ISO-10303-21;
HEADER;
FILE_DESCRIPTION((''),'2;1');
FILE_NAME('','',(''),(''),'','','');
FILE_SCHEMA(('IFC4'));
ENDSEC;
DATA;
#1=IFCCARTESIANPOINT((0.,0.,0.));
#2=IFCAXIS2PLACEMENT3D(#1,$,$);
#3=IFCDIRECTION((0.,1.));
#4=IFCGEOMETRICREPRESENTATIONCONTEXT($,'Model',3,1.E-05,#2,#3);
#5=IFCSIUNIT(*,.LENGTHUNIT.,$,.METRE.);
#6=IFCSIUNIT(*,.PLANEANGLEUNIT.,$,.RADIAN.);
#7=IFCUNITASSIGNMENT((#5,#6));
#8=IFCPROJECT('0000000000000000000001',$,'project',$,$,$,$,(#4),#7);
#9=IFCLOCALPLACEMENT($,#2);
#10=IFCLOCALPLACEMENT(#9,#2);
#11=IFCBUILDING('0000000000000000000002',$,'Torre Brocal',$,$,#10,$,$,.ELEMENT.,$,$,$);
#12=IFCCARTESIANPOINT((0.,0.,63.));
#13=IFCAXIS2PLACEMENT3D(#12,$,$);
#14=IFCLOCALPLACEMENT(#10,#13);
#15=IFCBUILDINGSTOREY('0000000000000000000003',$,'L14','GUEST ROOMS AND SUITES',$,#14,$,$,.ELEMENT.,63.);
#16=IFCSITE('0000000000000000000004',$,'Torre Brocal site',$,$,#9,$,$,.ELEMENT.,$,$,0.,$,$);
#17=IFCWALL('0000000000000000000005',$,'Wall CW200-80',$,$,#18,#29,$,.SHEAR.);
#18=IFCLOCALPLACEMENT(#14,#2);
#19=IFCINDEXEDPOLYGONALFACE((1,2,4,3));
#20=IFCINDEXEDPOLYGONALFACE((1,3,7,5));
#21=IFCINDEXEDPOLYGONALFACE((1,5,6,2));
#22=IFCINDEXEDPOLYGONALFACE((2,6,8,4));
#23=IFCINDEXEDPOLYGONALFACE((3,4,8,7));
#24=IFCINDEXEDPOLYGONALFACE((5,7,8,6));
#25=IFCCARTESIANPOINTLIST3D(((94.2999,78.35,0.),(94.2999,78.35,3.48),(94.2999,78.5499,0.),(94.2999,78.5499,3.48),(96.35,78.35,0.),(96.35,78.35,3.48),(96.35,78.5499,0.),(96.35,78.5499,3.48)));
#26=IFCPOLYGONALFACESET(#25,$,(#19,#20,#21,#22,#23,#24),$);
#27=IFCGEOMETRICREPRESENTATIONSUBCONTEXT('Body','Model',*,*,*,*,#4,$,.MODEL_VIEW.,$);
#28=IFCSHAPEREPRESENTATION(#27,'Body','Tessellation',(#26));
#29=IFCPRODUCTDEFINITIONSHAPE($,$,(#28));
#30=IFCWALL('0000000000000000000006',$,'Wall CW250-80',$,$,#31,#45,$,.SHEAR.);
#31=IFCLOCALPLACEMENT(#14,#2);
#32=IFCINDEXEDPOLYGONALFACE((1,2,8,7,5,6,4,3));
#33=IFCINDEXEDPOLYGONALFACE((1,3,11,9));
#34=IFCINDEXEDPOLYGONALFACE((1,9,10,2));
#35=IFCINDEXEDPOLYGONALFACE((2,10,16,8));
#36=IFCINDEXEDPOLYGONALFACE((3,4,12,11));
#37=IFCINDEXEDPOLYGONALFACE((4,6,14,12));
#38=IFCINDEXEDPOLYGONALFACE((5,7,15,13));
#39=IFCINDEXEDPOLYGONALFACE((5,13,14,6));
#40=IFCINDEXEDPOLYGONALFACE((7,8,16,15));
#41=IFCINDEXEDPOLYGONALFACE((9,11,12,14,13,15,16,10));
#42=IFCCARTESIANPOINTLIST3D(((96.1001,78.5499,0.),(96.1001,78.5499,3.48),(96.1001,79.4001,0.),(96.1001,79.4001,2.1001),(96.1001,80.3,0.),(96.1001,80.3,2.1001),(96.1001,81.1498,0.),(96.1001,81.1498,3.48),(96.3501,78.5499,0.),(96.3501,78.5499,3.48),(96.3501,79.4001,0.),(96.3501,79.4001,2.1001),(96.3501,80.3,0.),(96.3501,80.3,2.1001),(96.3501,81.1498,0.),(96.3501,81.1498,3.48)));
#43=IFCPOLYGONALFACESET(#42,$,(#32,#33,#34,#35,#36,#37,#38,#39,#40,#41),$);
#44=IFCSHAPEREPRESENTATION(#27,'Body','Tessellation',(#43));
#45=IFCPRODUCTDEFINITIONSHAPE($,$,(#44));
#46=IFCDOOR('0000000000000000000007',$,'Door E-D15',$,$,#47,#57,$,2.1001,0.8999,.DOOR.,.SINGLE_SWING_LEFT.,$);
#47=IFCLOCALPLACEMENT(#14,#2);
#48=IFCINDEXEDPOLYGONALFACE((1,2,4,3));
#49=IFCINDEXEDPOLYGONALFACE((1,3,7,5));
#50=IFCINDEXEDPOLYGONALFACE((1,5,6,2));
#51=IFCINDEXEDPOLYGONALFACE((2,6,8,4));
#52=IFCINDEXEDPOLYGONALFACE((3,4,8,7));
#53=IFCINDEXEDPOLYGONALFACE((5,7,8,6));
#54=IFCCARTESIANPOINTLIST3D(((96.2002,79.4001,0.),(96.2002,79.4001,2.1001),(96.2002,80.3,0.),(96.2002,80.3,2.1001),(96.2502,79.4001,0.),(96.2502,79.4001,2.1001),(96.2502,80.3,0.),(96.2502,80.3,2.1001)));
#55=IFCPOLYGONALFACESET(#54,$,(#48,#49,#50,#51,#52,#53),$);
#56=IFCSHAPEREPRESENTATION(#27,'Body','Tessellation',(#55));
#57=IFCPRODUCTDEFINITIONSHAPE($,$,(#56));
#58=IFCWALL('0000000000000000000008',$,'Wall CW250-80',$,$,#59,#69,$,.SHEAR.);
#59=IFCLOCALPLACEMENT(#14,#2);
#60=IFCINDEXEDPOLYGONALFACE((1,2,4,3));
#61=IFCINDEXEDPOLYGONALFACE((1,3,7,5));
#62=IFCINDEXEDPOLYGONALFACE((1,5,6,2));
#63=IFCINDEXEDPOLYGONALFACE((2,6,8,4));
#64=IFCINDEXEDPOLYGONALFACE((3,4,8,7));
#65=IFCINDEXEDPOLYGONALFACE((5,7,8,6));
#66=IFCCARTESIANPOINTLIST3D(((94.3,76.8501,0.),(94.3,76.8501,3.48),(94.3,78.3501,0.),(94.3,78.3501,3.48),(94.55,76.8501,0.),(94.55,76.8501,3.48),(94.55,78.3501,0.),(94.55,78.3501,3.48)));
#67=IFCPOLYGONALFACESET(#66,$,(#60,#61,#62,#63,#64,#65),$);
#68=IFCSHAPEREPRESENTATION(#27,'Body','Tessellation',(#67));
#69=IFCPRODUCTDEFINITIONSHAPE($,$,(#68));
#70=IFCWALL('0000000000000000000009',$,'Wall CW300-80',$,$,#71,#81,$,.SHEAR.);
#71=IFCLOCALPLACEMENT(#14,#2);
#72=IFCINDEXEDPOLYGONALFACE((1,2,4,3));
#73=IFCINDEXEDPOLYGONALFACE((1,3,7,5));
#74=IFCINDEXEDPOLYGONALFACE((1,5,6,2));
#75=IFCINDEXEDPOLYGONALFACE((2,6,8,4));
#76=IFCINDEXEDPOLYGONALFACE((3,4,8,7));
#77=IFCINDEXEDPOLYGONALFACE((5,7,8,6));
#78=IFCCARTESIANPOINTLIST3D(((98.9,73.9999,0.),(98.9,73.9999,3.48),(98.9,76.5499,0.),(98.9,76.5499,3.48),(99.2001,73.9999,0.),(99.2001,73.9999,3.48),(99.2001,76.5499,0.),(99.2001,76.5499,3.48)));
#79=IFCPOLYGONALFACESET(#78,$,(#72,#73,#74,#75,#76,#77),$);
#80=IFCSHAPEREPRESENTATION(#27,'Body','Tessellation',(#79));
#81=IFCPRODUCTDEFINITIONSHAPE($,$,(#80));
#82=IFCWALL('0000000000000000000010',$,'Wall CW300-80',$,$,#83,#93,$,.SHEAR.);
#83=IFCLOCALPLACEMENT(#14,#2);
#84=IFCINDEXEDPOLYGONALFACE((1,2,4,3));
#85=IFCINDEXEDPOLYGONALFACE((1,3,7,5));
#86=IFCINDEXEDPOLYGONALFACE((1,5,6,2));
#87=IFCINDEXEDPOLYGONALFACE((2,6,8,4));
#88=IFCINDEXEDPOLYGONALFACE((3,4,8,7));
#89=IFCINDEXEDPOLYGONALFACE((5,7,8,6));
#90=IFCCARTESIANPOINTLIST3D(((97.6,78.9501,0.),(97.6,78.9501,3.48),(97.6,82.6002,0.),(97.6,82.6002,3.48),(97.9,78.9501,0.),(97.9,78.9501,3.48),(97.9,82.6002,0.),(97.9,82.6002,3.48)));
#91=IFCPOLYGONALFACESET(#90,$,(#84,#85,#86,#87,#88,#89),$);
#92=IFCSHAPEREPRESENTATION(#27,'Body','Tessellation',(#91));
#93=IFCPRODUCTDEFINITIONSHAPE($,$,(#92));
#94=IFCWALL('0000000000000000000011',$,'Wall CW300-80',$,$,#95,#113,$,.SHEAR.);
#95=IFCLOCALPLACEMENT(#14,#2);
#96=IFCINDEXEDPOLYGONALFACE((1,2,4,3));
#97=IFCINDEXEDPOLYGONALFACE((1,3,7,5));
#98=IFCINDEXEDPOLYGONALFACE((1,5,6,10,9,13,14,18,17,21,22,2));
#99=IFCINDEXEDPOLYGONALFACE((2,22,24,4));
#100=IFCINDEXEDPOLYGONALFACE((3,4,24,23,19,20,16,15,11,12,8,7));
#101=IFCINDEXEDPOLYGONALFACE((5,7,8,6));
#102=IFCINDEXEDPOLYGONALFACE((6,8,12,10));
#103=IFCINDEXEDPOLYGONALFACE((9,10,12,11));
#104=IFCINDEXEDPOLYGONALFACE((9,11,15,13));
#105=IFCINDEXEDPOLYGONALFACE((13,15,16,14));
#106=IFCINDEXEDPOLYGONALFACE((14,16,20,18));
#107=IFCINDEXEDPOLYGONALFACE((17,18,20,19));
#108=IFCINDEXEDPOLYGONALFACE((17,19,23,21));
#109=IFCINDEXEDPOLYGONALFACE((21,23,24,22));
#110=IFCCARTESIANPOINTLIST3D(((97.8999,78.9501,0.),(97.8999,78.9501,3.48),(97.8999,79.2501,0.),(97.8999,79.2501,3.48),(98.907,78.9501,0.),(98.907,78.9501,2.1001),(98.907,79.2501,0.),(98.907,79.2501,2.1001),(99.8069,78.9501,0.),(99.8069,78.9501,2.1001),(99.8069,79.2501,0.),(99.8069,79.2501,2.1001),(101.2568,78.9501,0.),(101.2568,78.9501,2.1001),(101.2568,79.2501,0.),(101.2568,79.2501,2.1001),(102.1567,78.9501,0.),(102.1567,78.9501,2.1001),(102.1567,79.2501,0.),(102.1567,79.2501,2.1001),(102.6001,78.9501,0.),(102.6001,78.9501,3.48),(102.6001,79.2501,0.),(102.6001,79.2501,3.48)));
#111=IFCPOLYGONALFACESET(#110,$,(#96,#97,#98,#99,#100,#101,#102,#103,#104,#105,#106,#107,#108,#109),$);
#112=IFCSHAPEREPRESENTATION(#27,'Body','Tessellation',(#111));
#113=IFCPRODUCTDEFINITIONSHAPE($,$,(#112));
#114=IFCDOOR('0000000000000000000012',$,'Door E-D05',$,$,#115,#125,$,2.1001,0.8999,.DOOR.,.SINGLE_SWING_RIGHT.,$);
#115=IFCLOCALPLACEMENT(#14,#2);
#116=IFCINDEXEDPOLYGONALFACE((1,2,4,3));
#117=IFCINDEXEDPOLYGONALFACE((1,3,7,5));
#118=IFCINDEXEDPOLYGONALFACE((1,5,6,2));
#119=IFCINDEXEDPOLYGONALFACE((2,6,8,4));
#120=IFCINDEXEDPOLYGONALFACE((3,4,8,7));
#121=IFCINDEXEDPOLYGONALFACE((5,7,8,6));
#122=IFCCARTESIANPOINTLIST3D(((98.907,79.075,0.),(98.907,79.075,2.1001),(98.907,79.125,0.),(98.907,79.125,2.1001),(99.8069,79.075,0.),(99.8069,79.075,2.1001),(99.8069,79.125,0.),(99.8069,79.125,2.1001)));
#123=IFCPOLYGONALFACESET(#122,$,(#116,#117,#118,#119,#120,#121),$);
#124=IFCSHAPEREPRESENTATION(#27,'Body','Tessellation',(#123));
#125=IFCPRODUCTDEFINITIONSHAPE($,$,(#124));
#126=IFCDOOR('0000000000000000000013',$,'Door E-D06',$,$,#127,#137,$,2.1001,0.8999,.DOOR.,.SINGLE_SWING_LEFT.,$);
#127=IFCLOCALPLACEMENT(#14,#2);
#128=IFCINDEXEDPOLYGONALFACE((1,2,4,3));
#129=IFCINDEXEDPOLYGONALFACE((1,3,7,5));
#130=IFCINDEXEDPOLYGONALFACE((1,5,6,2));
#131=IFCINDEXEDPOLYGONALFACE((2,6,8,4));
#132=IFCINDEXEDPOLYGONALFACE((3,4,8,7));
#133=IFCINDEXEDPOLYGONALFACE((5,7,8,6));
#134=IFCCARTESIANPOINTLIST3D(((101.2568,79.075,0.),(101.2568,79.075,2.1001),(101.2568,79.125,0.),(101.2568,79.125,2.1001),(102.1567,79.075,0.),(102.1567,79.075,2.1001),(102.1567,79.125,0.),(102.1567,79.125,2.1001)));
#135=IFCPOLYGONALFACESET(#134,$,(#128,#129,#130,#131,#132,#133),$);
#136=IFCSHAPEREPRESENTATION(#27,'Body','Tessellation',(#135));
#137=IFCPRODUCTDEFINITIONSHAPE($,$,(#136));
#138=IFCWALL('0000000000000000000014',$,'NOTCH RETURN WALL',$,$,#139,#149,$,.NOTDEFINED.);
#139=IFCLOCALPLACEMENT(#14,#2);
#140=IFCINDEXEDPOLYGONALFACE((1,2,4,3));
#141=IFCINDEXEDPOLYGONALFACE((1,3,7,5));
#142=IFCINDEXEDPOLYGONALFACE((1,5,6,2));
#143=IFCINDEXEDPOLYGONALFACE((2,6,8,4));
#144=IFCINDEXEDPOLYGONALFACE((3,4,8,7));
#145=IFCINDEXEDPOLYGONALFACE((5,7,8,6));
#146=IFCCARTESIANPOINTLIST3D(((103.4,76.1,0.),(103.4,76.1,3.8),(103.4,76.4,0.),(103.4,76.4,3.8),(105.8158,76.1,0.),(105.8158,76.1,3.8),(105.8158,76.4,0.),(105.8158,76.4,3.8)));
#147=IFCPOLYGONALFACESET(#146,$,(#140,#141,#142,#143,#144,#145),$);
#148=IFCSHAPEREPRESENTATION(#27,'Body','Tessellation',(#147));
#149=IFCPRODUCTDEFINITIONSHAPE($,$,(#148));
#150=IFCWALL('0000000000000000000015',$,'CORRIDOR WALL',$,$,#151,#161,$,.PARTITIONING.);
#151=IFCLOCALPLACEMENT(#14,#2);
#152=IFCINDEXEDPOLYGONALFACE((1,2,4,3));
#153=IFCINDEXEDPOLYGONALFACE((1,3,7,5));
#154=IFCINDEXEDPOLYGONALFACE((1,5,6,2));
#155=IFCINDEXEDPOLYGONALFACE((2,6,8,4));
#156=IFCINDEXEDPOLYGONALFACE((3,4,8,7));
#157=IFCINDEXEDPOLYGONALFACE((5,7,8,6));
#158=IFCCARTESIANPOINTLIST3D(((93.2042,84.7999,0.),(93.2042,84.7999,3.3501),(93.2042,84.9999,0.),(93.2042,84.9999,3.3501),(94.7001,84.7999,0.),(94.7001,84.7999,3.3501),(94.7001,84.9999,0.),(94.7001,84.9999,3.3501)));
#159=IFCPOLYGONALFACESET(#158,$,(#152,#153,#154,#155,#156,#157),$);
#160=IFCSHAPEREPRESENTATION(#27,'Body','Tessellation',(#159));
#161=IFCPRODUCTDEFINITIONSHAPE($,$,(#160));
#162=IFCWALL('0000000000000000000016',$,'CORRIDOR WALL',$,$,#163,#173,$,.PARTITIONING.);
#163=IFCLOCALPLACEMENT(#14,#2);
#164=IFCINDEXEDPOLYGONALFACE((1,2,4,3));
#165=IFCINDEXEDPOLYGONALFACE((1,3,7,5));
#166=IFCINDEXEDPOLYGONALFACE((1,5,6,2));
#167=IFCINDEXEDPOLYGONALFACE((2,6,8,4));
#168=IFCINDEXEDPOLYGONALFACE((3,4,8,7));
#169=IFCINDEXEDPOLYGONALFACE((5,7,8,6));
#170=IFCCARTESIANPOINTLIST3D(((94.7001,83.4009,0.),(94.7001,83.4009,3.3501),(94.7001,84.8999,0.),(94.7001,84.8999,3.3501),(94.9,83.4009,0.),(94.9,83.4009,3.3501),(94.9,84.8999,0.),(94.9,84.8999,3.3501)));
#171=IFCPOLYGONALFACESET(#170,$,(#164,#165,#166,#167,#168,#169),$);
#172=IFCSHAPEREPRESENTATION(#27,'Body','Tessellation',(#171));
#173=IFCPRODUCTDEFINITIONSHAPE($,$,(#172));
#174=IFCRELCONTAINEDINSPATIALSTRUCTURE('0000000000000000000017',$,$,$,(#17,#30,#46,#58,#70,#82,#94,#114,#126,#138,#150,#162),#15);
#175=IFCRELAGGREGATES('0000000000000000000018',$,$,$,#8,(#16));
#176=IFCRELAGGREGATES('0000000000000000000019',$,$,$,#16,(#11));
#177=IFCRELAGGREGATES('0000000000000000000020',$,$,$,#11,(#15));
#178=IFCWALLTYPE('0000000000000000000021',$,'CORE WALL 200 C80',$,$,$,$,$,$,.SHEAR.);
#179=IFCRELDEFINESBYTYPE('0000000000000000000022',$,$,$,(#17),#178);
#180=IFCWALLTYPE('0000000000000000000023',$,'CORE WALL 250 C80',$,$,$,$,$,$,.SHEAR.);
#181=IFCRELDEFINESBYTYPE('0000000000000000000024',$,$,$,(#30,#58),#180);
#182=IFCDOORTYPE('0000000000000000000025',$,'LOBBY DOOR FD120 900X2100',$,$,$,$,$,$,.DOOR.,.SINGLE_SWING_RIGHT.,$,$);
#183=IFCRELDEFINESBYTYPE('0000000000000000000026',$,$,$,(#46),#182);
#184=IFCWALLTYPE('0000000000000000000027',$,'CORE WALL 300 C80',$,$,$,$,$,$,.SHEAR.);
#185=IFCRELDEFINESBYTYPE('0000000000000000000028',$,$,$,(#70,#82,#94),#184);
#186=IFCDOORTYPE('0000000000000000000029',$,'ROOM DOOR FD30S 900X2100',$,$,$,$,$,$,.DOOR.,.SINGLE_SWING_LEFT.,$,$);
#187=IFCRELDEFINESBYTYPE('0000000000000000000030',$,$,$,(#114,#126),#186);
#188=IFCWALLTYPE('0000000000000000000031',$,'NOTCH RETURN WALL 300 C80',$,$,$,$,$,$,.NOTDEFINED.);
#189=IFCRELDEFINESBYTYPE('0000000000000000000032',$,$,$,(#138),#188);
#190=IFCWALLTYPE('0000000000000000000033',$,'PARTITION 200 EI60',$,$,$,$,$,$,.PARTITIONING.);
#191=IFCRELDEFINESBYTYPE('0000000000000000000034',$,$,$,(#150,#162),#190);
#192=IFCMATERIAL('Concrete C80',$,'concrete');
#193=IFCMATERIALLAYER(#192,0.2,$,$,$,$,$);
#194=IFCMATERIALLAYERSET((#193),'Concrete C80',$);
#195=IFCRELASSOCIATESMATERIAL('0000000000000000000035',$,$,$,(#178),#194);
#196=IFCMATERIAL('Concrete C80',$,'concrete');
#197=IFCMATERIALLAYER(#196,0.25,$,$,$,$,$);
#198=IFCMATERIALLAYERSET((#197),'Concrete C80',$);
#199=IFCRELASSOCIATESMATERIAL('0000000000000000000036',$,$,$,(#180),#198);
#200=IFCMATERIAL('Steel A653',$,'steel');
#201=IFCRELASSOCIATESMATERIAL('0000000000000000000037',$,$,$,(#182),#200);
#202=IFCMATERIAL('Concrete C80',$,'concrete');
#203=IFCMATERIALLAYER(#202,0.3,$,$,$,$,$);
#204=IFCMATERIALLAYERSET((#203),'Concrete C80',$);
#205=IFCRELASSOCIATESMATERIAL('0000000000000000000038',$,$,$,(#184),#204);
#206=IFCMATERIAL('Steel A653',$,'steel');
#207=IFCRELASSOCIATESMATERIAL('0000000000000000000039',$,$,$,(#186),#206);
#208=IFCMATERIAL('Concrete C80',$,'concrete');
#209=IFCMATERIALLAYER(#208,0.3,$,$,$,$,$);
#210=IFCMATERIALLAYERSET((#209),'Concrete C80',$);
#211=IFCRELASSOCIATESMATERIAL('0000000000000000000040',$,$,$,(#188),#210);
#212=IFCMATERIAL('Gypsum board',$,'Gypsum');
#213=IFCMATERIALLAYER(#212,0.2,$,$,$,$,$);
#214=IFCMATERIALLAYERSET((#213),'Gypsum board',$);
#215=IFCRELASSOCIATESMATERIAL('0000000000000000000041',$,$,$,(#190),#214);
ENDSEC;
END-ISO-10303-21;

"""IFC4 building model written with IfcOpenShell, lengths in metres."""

from ifc_helpers import new_model, si_unit, direction, frame, frame_2d, origin, place, context, subcontext, project, spatial, rectangle, extrude, material, layer, layer_set, type_object, element, fill, save


model = new_model("IFC4")

# Units and contexts
model_context = context("Model", 3, precision=1e-05, world=origin(), true_north=direction((0.0, 1.0)))
body_context = subcontext(model_context, "Body", "Model", "MODEL_VIEW")
ifc_project = project(units=[si_unit("LENGTHUNIT", "METRE"), si_unit("PLANEANGLEUNIT", "RADIAN")], contexts=[model_context])

# Site, building, storey
site_placement = place(None, origin())
site = spatial("IfcSite", under=ifc_project, at=site_placement, Name="Torre Brocal site", CompositionType="ELEMENT", RefElevation=0.0)
building_placement = place(site_placement, origin())
building = spatial("IfcBuilding", under=site, at=building_placement, Name="Torre Brocal", CompositionType="ELEMENT")
storey_placement = place(building_placement, frame((0.0, 0.0, 63.0)))
storey = spatial("IfcBuildingStorey", under=building, at=storey_placement, Name="L14", Description="GUEST ROOMS AND SUITES", CompositionType="ELEMENT", Elevation=63.0)

# Wall
ifc_material_1 = material(Name="Concrete C80", Category="concrete")
ifc_layer_1 = layer(ifc_material_1, 0.2)
ifc_layer_set_1 = layer_set([ifc_layer_1], Name="Concrete C80")
wall_type_1 = type_object("IfcWallType", Name="CORE WALL 200 C80", PredefinedType="SHEAR", material=ifc_layer_set_1)
wall_1_placement = place(storey_placement, frame((94.3, 78.45, 0.0), z_axis=(0.0, 0.0, 1.0), x_axis=(1.0, 0.0, 0.0)))
element("IfcWall", 1, at=wall_1_placement, inside=storey, type_object=wall_type_1, Name="Wall CW200-80", PredefinedType="SHEAR", context=body_context, shape_type="SweptSolid", body=[
    extrude(rectangle(XDim=2.05, YDim=0.2, at=frame_2d((1.0249, 0.0))), origin(), (0.0, 0.0, 1.0), 3.48),
])

# Wall, opening, door
ifc_material_2 = material(Name="Concrete C80", Category="concrete")
ifc_layer_2 = layer(ifc_material_2, 0.25)
ifc_layer_set_2 = layer_set([ifc_layer_2], Name="Concrete C80")
wall_type_2 = type_object("IfcWallType", Name="CORE WALL 250 C80", PredefinedType="SHEAR", material=ifc_layer_set_2)
wall_2_placement = place(storey_placement, frame((96.2251, 78.55, 0.0), z_axis=(0.0, 0.0, 1.0), x_axis=(0.0, 1.0, 0.0)))
wall_2 = element("IfcWall", 2, at=wall_2_placement, inside=storey, type_object=wall_type_2, Name="Wall CW250-80", PredefinedType="SHEAR", context=body_context, shape_type="SweptSolid", body=[
    extrude(rectangle(XDim=2.5999, YDim=0.25, at=frame_2d((1.2998, 0.0))), origin(), (0.0, 0.0, 1.0), 3.48),
])
opening_1_placement = place(wall_2_placement, frame((0.8501, 0.0, 0.0)))
opening_1 = element("IfcOpeningElement", 3, at=opening_1_placement, cuts=wall_2, PredefinedType="OPENING", context=body_context, shape_type="SweptSolid", body=[
    extrude(rectangle(XDim=0.8999, YDim=2.1001, at=frame_2d((0.45, 1.05))), frame((0.0, 0.135, 0.0), z_axis=(0.0, -1.0, 0.0), x_axis=(1.0, 0.0, 0.0)), (0.0, 0.0, 1.0), 0.27),
])
ifc_material_3 = material(Name="Steel A653", Category="steel")
door_type_1 = type_object("IfcDoorType", Name="LOBBY DOOR FD120 900X2100", OperationType="SINGLE_SWING_RIGHT", PredefinedType="DOOR", material=ifc_material_3)
door_1_placement = place(opening_1_placement, origin())
door_1 = element("IfcDoor", 4, at=door_1_placement, inside=storey, type_object=door_type_1, Name="Door E-D15", OperationType="SINGLE_SWING_LEFT", OverallHeight=2.1001, OverallWidth=0.8999, PredefinedType="DOOR", context=body_context, shape_type="SweptSolid", body=[
    extrude(rectangle(XDim=0.8999, YDim=2.1001, at=frame_2d((0.45, 1.05))), frame((0.0, 0.0249, 0.0), z_axis=(0.0, -1.0, 0.0), x_axis=(1.0, 0.0, 0.0)), (0.0, 0.0, 1.0), 0.05),
])
fill(opening_1, door_1)

# Walls
wall_3_placement = place(storey_placement, frame((94.425, 76.8501, 0.0), z_axis=(0.0, 0.0, 1.0), x_axis=(0.0, 1.0, 0.0)))
element("IfcWall", 5, at=wall_3_placement, inside=storey, type_object=wall_type_2, Name="Wall CW250-80", PredefinedType="SHEAR", context=body_context, shape_type="SweptSolid", body=[
    extrude(rectangle(XDim=1.5, YDim=0.25, at=frame_2d((0.75, 0.0))), origin(), (0.0, 0.0, 1.0), 3.48),
])
ifc_material_4 = material(Name="Concrete C80", Category="concrete")
ifc_layer_3 = layer(ifc_material_4, 0.3)
ifc_layer_set_3 = layer_set([ifc_layer_3], Name="Concrete C80")
wall_type_3 = type_object("IfcWallType", Name="CORE WALL 300 C80", PredefinedType="SHEAR", material=ifc_layer_set_3)
wall_4_placement = place(storey_placement, frame((99.05, 74.0, 0.0), z_axis=(0.0, 0.0, 1.0), x_axis=(0.0, 1.0, 0.0)))
element("IfcWall", 6, at=wall_4_placement, inside=storey, type_object=wall_type_3, Name="Wall CW300-80", PredefinedType="SHEAR", context=body_context, shape_type="SweptSolid", body=[
    extrude(rectangle(XDim=2.55, YDim=0.3, at=frame_2d((1.2749, 0.0))), origin(), (0.0, 0.0, 1.0), 3.48),
])
wall_5_placement = place(storey_placement, frame((97.75, 78.95, 0.0), z_axis=(0.0, 0.0, 1.0), x_axis=(0.0, 1.0, 0.0)))
element("IfcWall", 7, at=wall_5_placement, inside=storey, type_object=wall_type_3, Name="Wall CW300-80", PredefinedType="SHEAR", context=body_context, shape_type="SweptSolid", body=[
    extrude(rectangle(XDim=3.6501, YDim=0.3, at=frame_2d((1.8252, 0.0))), origin(), (0.0, 0.0, 1.0), 3.48),
])

# Wall, openings, doors
wall_6_placement = place(storey_placement, frame((97.8999, 79.1001, 0.0), z_axis=(0.0, 0.0, 1.0), x_axis=(1.0, 0.0, 0.0)))
wall_6 = element("IfcWall", 8, at=wall_6_placement, inside=storey, type_object=wall_type_3, Name="Wall CW300-80", PredefinedType="SHEAR", context=body_context, shape_type="SweptSolid", body=[
    extrude(rectangle(XDim=4.7002, YDim=0.3, at=frame_2d((2.3501, 0.0))), origin(), (0.0, 0.0, 1.0), 3.48),
])
opening_2_placement = place(wall_6_placement, frame((1.0071, 0.0, 0.0)))
opening_2 = element("IfcOpeningElement", 9, at=opening_2_placement, cuts=wall_6, PredefinedType="OPENING", context=body_context, shape_type="SweptSolid", body=[
    extrude(rectangle(XDim=0.8999, YDim=2.1001, at=frame_2d((0.45, 1.05))), frame((0.0, 0.1599, 0.0), z_axis=(0.0, -1.0, 0.0), x_axis=(1.0, 0.0, 0.0)), (0.0, 0.0, 1.0), 0.3201),
])
opening_3_placement = place(wall_6_placement, frame((3.3569, 0.0, 0.0)))
opening_3 = element("IfcOpeningElement", 10, at=opening_3_placement, cuts=wall_6, PredefinedType="OPENING", context=body_context, shape_type="SweptSolid", body=[
    extrude(rectangle(XDim=0.8999, YDim=2.1001, at=frame_2d((0.45, 1.05))), frame((0.0, 0.1599, 0.0), z_axis=(0.0, -1.0, 0.0), x_axis=(1.0, 0.0, 0.0)), (0.0, 0.0, 1.0), 0.3201),
])
ifc_material_5 = material(Name="Steel A653", Category="steel")
door_type_2 = type_object("IfcDoorType", Name="ROOM DOOR FD30S 900X2100", OperationType="SINGLE_SWING_LEFT", PredefinedType="DOOR", material=ifc_material_5)
door_2_placement = place(opening_2_placement, origin())
door_2 = element("IfcDoor", 11, at=door_2_placement, inside=storey, type_object=door_type_2, Name="Door E-D05", OperationType="SINGLE_SWING_RIGHT", OverallHeight=2.1001, OverallWidth=0.8999, PredefinedType="DOOR", context=body_context, shape_type="SweptSolid", body=[
    extrude(rectangle(XDim=0.8999, YDim=2.1001, at=frame_2d((0.45, 1.05))), frame((0.0, 0.0249, 0.0), z_axis=(0.0, -1.0, 0.0), x_axis=(1.0, 0.0, 0.0)), (0.0, 0.0, 1.0), 0.05),
])
fill(opening_2, door_2)
door_3_placement = place(opening_3_placement, origin())
door_3 = element("IfcDoor", 12, at=door_3_placement, inside=storey, type_object=door_type_2, Name="Door E-D06", OperationType="SINGLE_SWING_LEFT", OverallHeight=2.1001, OverallWidth=0.8999, PredefinedType="DOOR", context=body_context, shape_type="SweptSolid", body=[
    extrude(rectangle(XDim=0.8999, YDim=2.1001, at=frame_2d((0.45, 1.05))), frame((0.0, 0.0249, 0.0), z_axis=(0.0, -1.0, 0.0), x_axis=(1.0, 0.0, 0.0)), (0.0, 0.0, 1.0), 0.05),
])
fill(opening_3, door_3)

# Walls
ifc_material_6 = material(Name="Concrete C80", Category="concrete")
ifc_layer_4 = layer(ifc_material_6, 0.3)
ifc_layer_set_4 = layer_set([ifc_layer_4], Name="Concrete C80")
wall_type_4 = type_object("IfcWallType", Name="NOTCH RETURN WALL 300 C80", PredefinedType="NOTDEFINED", material=ifc_layer_set_4)
wall_7_placement = place(storey_placement, frame((103.3999, 76.25, 0.0), z_axis=(0.0, 0.0, 1.0), x_axis=(1.0, 0.0, 0.0)))
element("IfcWall", 13, at=wall_7_placement, inside=storey, type_object=wall_type_4, Name="NOTCH RETURN WALL", PredefinedType="NOTDEFINED", context=body_context, shape_type="SweptSolid", body=[
    extrude(rectangle(XDim=2.4158, YDim=0.3, at=frame_2d((1.208, 0.0))), origin(), (0.0, 0.0, 1.0), 3.8),
])
ifc_material_7 = material(Name="Gypsum board", Category="Gypsum")
ifc_layer_5 = layer(ifc_material_7, 0.2)
ifc_layer_set_5 = layer_set([ifc_layer_5], Name="Gypsum board")
wall_type_5 = type_object("IfcWallType", Name="PARTITION 200 EI60", PredefinedType="PARTITIONING", material=ifc_layer_set_5)
wall_8_placement = place(storey_placement, frame((93.2041, 84.8999, 0.0), z_axis=(0.0, 0.0, 1.0), x_axis=(1.0, 0.0, 0.0)))
element("IfcWall", 14, at=wall_8_placement, inside=storey, type_object=wall_type_5, Name="CORRIDOR WALL", PredefinedType="PARTITIONING", context=body_context, shape_type="SweptSolid", body=[
    extrude(rectangle(XDim=1.4958, YDim=0.2, at=frame_2d((0.748, 0.0))), origin(), (0.0, 0.0, 1.0), 3.3501),
])
wall_9_placement = place(storey_placement, frame((94.8, 83.4009, 0.0), z_axis=(0.0, 0.0, 1.0), x_axis=(0.0, 1.0, 0.0)))
element("IfcWall", 15, at=wall_9_placement, inside=storey, type_object=wall_type_5, Name="CORRIDOR WALL", PredefinedType="PARTITIONING", context=body_context, shape_type="SweptSolid", body=[
    extrude(rectangle(XDim=1.499, YDim=0.2, at=frame_2d((0.7495, 0.0))), origin(), (0.0, 0.0, 1.0), 3.3501),
])

save(model, "model.ifc")
